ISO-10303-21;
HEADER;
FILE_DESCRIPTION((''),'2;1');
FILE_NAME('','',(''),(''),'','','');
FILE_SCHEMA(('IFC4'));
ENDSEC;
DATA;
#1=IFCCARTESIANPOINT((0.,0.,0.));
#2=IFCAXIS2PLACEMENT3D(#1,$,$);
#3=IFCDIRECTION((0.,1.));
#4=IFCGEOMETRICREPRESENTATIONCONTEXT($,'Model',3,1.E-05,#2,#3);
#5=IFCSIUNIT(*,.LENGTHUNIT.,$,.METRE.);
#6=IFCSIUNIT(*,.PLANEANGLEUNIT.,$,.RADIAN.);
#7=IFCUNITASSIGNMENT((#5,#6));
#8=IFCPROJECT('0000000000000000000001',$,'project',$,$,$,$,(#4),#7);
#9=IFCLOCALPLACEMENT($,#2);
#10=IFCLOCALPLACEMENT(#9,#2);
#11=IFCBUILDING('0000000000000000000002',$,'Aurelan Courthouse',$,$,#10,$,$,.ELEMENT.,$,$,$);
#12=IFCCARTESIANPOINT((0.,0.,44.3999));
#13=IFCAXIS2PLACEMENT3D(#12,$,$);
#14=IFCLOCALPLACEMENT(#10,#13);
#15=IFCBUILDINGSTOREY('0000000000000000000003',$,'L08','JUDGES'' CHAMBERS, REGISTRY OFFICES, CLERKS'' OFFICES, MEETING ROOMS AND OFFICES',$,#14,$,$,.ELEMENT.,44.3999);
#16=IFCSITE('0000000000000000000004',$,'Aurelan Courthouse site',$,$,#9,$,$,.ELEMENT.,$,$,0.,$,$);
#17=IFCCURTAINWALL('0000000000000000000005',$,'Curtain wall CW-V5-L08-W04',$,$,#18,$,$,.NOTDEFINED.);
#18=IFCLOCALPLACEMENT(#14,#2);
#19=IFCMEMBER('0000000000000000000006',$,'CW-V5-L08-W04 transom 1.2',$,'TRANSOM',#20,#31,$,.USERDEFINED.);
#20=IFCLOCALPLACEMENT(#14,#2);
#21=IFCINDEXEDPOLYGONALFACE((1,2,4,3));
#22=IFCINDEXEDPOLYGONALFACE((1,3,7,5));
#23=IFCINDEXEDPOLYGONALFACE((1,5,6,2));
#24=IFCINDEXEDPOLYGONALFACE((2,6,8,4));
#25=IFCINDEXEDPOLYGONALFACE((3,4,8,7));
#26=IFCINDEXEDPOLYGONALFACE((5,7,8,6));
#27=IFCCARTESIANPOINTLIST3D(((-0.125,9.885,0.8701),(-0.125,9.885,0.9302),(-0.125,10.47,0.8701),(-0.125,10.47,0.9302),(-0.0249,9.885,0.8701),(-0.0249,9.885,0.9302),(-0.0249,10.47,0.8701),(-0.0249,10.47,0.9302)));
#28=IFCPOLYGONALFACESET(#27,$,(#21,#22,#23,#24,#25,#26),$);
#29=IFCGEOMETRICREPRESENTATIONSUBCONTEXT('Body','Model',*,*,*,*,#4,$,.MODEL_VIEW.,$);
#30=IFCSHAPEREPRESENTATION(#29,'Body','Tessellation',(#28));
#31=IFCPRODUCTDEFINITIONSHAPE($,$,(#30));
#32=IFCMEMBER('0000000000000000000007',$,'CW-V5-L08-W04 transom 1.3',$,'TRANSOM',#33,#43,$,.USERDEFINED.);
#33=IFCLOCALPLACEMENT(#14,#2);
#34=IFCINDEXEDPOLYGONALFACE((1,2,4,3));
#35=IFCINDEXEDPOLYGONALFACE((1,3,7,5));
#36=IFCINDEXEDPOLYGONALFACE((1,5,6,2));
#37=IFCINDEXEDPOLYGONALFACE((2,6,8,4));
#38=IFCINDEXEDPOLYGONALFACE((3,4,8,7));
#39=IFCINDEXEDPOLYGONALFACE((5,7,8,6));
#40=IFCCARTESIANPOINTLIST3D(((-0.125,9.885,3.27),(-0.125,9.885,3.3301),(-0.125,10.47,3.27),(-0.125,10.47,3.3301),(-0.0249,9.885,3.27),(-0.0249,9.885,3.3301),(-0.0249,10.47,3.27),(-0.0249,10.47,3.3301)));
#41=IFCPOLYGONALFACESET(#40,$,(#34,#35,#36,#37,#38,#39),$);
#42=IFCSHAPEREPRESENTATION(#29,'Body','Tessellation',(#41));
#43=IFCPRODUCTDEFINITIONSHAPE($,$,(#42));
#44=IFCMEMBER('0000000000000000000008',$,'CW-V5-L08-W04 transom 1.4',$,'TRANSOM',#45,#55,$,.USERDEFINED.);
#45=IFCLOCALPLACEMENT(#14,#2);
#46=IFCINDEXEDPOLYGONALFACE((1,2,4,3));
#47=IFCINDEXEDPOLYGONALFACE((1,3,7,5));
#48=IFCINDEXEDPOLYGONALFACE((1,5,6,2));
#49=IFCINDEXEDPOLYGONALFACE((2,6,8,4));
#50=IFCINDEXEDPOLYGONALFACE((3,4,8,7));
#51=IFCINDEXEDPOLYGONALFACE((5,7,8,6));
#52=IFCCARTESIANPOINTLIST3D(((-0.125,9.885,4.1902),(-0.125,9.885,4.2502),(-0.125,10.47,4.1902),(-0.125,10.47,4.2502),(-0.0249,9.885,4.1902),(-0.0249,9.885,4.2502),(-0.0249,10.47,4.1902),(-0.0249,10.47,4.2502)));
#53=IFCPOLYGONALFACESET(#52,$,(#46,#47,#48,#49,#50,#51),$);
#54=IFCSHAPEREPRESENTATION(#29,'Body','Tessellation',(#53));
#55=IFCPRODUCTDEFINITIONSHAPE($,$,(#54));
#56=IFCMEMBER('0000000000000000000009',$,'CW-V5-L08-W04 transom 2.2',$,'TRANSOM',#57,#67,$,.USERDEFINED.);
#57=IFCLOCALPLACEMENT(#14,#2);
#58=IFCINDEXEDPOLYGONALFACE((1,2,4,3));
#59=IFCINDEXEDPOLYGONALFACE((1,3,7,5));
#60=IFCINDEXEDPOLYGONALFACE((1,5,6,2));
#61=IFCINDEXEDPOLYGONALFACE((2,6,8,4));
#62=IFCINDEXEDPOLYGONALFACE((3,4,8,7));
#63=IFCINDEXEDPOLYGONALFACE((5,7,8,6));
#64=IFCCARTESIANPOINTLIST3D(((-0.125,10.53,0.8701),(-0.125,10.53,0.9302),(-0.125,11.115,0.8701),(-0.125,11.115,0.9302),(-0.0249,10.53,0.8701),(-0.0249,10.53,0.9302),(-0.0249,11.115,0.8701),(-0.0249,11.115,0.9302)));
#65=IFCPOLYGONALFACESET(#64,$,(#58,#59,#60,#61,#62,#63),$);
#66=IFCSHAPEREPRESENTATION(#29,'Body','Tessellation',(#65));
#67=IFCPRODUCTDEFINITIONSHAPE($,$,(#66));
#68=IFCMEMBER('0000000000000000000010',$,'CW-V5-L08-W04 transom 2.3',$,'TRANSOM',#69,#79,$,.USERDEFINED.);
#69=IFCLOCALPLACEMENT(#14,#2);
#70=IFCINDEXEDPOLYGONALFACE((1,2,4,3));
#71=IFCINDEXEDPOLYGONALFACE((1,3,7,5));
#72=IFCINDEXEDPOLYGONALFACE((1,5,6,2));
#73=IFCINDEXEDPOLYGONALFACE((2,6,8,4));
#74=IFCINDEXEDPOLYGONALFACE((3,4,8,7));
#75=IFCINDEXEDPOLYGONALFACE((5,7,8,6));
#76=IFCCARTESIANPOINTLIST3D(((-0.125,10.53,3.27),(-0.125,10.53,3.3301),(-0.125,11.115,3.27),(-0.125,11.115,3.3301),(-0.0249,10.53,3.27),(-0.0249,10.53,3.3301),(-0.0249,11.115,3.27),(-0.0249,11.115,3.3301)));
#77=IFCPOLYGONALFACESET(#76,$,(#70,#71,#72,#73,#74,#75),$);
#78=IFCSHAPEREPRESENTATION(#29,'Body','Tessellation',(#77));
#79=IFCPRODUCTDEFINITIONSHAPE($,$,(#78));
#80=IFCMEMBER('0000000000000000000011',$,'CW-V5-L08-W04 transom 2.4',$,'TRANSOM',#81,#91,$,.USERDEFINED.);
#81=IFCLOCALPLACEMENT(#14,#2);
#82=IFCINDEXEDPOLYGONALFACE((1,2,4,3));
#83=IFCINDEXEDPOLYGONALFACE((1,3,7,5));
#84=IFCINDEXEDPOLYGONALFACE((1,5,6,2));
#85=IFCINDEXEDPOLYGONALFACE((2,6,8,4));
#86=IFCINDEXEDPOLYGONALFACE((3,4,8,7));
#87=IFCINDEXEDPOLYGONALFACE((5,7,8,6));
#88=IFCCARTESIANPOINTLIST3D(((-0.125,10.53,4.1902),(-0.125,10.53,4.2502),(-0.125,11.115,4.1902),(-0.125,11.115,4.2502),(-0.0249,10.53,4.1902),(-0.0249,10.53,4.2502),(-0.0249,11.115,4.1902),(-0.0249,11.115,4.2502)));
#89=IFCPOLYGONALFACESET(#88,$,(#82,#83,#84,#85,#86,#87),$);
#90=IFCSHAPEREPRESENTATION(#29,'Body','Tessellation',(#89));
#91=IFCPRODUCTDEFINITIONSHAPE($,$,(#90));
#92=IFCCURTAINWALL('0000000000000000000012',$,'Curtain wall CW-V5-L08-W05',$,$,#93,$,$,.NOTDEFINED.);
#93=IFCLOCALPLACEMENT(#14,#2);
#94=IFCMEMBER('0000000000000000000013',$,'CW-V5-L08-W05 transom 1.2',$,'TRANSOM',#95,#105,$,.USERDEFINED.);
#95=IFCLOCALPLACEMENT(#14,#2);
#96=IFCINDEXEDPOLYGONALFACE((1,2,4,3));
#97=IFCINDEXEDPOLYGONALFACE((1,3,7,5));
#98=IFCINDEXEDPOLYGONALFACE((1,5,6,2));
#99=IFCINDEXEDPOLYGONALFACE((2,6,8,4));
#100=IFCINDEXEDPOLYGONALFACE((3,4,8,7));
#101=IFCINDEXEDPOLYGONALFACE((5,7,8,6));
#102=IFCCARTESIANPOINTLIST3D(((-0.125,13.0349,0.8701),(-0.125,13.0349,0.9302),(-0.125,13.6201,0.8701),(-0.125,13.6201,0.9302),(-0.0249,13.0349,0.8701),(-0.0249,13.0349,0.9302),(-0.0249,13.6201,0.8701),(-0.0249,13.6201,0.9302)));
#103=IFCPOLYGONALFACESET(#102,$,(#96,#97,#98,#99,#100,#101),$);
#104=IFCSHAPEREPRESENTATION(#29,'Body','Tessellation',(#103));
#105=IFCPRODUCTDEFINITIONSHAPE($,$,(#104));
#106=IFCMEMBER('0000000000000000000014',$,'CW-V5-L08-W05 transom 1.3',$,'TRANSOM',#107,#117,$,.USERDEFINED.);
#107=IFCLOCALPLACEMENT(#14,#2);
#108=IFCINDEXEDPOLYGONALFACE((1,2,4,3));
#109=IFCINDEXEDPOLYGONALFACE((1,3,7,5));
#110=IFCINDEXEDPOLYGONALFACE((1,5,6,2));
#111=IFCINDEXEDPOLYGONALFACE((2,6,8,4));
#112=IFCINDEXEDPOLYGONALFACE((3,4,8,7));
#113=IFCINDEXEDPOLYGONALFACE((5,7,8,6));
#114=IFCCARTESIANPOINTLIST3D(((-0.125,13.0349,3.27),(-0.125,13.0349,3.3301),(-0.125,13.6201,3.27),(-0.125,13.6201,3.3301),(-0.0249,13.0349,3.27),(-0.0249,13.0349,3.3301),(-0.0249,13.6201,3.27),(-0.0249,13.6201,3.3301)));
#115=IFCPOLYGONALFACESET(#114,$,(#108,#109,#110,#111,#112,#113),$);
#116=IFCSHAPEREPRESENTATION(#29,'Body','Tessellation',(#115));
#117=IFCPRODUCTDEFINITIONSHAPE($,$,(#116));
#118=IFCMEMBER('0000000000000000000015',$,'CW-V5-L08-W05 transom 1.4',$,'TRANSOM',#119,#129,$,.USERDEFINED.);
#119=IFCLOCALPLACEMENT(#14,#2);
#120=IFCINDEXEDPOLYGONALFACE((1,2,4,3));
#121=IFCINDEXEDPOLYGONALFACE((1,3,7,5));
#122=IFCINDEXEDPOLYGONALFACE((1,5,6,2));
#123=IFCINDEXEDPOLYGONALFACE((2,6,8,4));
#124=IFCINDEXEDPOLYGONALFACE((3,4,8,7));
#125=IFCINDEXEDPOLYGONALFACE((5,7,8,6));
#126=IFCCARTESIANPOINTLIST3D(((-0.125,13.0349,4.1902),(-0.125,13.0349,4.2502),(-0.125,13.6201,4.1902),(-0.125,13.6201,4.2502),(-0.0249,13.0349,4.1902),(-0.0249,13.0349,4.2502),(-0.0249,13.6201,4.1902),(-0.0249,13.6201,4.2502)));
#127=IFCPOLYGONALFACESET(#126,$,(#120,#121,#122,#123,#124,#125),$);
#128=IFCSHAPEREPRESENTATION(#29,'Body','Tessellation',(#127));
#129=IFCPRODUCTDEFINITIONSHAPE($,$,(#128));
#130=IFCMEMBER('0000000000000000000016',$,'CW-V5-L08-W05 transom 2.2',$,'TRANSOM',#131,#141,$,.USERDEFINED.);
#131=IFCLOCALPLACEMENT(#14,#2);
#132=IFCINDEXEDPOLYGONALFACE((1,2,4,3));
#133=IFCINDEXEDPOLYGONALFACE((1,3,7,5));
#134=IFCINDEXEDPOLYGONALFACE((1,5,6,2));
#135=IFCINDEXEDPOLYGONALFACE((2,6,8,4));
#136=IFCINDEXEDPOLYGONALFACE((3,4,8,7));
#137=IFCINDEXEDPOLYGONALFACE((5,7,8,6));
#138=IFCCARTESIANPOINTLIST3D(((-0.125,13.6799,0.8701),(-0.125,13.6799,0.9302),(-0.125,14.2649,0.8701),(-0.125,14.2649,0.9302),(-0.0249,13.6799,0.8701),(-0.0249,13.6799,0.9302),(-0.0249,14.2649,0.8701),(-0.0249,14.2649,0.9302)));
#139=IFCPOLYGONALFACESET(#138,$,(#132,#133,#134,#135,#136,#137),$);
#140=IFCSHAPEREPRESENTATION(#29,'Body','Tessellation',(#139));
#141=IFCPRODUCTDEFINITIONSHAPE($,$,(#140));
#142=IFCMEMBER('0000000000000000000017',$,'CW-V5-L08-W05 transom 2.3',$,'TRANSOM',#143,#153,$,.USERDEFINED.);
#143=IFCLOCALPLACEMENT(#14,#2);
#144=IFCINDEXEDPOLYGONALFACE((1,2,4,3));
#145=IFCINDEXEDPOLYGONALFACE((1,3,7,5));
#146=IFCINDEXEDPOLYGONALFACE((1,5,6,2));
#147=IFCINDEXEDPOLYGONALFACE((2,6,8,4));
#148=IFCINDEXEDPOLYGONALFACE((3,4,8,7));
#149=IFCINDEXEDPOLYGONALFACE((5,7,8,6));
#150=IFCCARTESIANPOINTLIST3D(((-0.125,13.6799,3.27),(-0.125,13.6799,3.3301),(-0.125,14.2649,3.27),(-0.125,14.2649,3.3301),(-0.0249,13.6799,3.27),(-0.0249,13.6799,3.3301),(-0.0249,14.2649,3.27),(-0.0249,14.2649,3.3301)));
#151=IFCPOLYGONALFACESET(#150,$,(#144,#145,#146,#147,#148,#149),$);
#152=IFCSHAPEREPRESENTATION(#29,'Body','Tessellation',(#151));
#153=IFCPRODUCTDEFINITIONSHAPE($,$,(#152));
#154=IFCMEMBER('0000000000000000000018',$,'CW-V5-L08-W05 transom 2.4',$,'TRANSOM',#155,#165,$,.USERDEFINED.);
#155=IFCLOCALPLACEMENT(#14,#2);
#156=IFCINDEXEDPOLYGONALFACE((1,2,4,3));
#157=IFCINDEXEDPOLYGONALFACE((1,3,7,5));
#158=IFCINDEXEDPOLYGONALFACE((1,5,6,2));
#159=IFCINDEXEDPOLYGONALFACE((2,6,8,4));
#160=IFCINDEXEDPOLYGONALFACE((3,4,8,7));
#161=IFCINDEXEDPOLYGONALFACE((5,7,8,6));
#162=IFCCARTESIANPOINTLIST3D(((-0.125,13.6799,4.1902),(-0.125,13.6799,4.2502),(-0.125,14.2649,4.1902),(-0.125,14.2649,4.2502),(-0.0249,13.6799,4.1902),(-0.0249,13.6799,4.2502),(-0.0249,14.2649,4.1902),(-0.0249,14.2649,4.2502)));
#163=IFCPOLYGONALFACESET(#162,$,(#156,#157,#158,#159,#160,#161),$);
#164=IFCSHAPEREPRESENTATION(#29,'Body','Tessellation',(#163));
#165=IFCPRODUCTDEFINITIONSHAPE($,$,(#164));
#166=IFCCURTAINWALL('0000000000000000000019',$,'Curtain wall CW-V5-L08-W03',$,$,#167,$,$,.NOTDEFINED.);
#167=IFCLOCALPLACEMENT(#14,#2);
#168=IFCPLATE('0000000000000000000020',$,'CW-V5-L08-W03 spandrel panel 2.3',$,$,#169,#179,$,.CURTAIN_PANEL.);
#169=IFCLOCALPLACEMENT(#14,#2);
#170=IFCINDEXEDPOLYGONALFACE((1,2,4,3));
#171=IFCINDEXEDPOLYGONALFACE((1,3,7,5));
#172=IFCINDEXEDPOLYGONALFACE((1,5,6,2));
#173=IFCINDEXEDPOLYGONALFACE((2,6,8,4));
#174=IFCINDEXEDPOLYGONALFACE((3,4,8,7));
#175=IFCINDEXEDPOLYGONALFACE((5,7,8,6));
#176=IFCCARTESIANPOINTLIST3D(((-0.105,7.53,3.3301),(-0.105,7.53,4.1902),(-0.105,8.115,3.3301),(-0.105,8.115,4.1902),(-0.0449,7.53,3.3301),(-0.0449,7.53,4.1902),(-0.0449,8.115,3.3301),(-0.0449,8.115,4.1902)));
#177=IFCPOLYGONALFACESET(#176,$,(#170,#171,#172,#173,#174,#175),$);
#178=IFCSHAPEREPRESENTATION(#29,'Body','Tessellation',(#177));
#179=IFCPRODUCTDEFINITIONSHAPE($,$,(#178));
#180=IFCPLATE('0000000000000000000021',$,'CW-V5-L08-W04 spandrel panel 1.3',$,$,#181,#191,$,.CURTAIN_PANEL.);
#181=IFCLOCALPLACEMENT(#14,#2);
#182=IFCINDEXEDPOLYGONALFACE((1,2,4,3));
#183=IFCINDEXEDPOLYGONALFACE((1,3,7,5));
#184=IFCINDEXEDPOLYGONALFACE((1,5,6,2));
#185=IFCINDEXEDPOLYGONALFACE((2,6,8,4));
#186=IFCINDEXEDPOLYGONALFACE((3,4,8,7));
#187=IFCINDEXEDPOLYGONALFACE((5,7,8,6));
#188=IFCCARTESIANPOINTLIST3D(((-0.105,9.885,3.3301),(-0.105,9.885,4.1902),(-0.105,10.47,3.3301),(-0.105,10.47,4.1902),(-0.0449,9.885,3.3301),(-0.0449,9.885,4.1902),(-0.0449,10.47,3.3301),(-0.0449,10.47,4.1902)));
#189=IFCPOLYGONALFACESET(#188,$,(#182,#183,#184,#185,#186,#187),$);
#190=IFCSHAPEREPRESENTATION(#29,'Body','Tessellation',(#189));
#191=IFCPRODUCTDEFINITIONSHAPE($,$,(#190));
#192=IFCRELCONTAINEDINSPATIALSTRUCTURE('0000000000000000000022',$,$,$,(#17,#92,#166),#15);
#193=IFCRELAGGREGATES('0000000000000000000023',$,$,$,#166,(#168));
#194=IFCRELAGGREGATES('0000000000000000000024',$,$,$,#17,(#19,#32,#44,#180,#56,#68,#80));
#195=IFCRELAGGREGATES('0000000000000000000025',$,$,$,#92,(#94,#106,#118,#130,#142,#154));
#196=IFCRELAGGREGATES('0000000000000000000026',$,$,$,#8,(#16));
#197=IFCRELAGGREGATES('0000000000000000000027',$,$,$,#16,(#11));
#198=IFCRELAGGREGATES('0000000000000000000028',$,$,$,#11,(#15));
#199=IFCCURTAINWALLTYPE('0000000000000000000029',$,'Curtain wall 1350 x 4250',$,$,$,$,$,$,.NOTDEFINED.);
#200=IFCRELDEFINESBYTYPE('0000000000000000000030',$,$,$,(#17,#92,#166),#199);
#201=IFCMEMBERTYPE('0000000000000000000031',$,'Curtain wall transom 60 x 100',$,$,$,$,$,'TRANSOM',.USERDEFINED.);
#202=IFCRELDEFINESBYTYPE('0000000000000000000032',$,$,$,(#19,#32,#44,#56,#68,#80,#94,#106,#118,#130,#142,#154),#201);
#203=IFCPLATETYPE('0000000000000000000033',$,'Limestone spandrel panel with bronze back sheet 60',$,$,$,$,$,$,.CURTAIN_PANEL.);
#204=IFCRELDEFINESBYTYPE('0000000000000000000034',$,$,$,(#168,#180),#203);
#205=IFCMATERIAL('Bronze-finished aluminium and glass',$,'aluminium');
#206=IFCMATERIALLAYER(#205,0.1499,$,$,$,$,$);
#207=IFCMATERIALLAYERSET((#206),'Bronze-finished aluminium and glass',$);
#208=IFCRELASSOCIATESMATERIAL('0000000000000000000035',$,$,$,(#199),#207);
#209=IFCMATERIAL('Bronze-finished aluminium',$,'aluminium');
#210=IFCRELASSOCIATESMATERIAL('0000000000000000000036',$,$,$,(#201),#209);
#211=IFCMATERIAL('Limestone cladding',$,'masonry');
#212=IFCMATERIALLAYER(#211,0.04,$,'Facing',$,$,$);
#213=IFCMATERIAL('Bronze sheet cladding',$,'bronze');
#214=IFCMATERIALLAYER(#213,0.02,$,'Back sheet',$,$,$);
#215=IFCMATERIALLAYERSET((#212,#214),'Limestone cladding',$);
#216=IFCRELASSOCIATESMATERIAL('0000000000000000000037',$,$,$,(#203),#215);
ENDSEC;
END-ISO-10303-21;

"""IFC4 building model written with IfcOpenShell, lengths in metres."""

from ifc_helpers import new_model, si_unit, direction, frame, origin, origin_2d, place, context, subcontext, project, spatial, rectangle, extrude, material, layer, layer_set, material_profile, profile_set, type_object, element, aggregate, save


model = new_model("IFC4")

# Units and contexts
model_context = context("Model", 3, precision=1e-05, world=origin(), true_north=direction((0.0, 1.0)))
body_context = subcontext(model_context, "Body", "Model", "MODEL_VIEW")
ifc_project = project(units=[si_unit("LENGTHUNIT", "METRE"), si_unit("PLANEANGLEUNIT", "RADIAN")], contexts=[model_context])

# Site, building, storey
site_placement = place(None, origin())
site = spatial("IfcSite", under=ifc_project, at=site_placement, Name="Aurelan Courthouse site", CompositionType="ELEMENT", RefElevation=0.0)
building_placement = place(site_placement, origin())
building = spatial("IfcBuilding", under=site, at=building_placement, Name="Aurelan Courthouse", CompositionType="ELEMENT")
storey_placement = place(building_placement, frame((0.0, 0.0, 44.3999)))
storey = spatial("IfcBuildingStorey", under=building, at=storey_placement, Name="L08", Description="JUDGES' CHAMBERS, REGISTRY OFFICES, CLERKS' OFFICES, MEETING ROOMS AND OFFICES", CompositionType="ELEMENT", Elevation=44.3999)

# Curtain walls, members
ifc_material_1 = material(Name="Bronze-finished aluminium and glass", Category="aluminium")
ifc_layer_1 = layer(ifc_material_1, 0.1499)
ifc_layer_set_1 = layer_set([ifc_layer_1], Name="Bronze-finished aluminium and glass")
curtain_wall_type = type_object("IfcCurtainWallType", Name="Curtain wall 1350 x 4250", PredefinedType="NOTDEFINED", material=ifc_layer_set_1)
curtain_wall_1_placement = place(storey_placement, origin())
curtain_wall_1 = element("IfcCurtainWall", 1, at=curtain_wall_1_placement, inside=storey, type_object=curtain_wall_type, Name="Curtain wall CW-V5-L08-W04", PredefinedType="NOTDEFINED")
ifc_material_2 = material(Name="Bronze-finished aluminium", Category="aluminium")
ifc_material_profile = material_profile(ifc_material_2, rectangle(XDim=0.1001, YDim=0.0601, at=origin_2d()), Name="Bronze transom 60 x 100")
ifc_profile_set = profile_set([ifc_material_profile], Name="Bronze-finished aluminium")
member_type = type_object("IfcMemberType", Name="Curtain wall transom 60 x 100", ElementType="TRANSOM", PredefinedType="USERDEFINED", material=ifc_profile_set)
member_1_placement = place(storey_placement, frame((-0.075, 9.885, 0.9001), z_axis=(0.0, 1.0, 0.0), x_axis=(-1.0, 0.0, 0.0)))
member_1 = element("IfcMember", 2, at=member_1_placement, type_object=member_type, Name="CW-V5-L08-W04 transom 1.2", ObjectType="TRANSOM", PredefinedType="USERDEFINED", context=body_context, shape_type="SweptSolid", body=[
    extrude(rectangle(XDim=0.1001, YDim=0.0601, at=origin_2d()), origin(), (0.0, 0.0, 1.0), 0.585),
])
member_2_placement = place(storey_placement, frame((-0.075, 9.885, 3.3), z_axis=(0.0, 1.0, 0.0), x_axis=(-1.0, 0.0, 0.0)))
member_2 = element("IfcMember", 3, at=member_2_placement, type_object=member_type, Name="CW-V5-L08-W04 transom 1.3", ObjectType="TRANSOM", PredefinedType="USERDEFINED", context=body_context, shape_type="SweptSolid", body=[
    extrude(rectangle(XDim=0.1001, YDim=0.0601, at=origin_2d()), origin(), (0.0, 0.0, 1.0), 0.585),
])
member_3_placement = place(storey_placement, frame((-0.075, 9.885, 4.2202), z_axis=(0.0, 1.0, 0.0), x_axis=(-1.0, 0.0, 0.0)))
member_3 = element("IfcMember", 4, at=member_3_placement, type_object=member_type, Name="CW-V5-L08-W04 transom 1.4", ObjectType="TRANSOM", PredefinedType="USERDEFINED", context=body_context, shape_type="SweptSolid", body=[
    extrude(rectangle(XDim=0.1001, YDim=0.0601, at=origin_2d()), origin(), (0.0, 0.0, 1.0), 0.585),
])
member_4_placement = place(storey_placement, frame((-0.075, 10.53, 0.9001), z_axis=(0.0, 1.0, 0.0), x_axis=(-1.0, 0.0, 0.0)))
member_4 = element("IfcMember", 5, at=member_4_placement, type_object=member_type, Name="CW-V5-L08-W04 transom 2.2", ObjectType="TRANSOM", PredefinedType="USERDEFINED", context=body_context, shape_type="SweptSolid", body=[
    extrude(rectangle(XDim=0.1001, YDim=0.0601, at=origin_2d()), origin(), (0.0, 0.0, 1.0), 0.585),
])
member_5_placement = place(storey_placement, frame((-0.075, 10.53, 3.3), z_axis=(0.0, 1.0, 0.0), x_axis=(-1.0, 0.0, 0.0)))
member_5 = element("IfcMember", 6, at=member_5_placement, type_object=member_type, Name="CW-V5-L08-W04 transom 2.3", ObjectType="TRANSOM", PredefinedType="USERDEFINED", context=body_context, shape_type="SweptSolid", body=[
    extrude(rectangle(XDim=0.1001, YDim=0.0601, at=origin_2d()), origin(), (0.0, 0.0, 1.0), 0.585),
])
member_6_placement = place(storey_placement, frame((-0.075, 10.53, 4.2202), z_axis=(0.0, 1.0, 0.0), x_axis=(-1.0, 0.0, 0.0)))
member_6 = element("IfcMember", 7, at=member_6_placement, type_object=member_type, Name="CW-V5-L08-W04 transom 2.4", ObjectType="TRANSOM", PredefinedType="USERDEFINED", context=body_context, shape_type="SweptSolid", body=[
    extrude(rectangle(XDim=0.1001, YDim=0.0601, at=origin_2d()), origin(), (0.0, 0.0, 1.0), 0.585),
])
curtain_wall_2_placement = place(storey_placement, origin())
curtain_wall_2 = element("IfcCurtainWall", 8, at=curtain_wall_2_placement, inside=storey, type_object=curtain_wall_type, Name="Curtain wall CW-V5-L08-W05", PredefinedType="NOTDEFINED")
member_7_placement = place(storey_placement, frame((-0.075, 13.0349, 0.9001), z_axis=(0.0, 1.0, 0.0), x_axis=(-1.0, 0.0, 0.0)))
member_7 = element("IfcMember", 9, at=member_7_placement, type_object=member_type, Name="CW-V5-L08-W05 transom 1.2", ObjectType="TRANSOM", PredefinedType="USERDEFINED", context=body_context, shape_type="SweptSolid", body=[
    extrude(rectangle(XDim=0.1001, YDim=0.0601, at=origin_2d()), origin(), (0.0, 0.0, 1.0), 0.5852),
])
member_8_placement = place(storey_placement, frame((-0.075, 13.0349, 3.3), z_axis=(0.0, 1.0, 0.0), x_axis=(-1.0, 0.0, 0.0)))
member_8 = element("IfcMember", 10, at=member_8_placement, type_object=member_type, Name="CW-V5-L08-W05 transom 1.3", ObjectType="TRANSOM", PredefinedType="USERDEFINED", context=body_context, shape_type="SweptSolid", body=[
    extrude(rectangle(XDim=0.1001, YDim=0.0601, at=origin_2d()), origin(), (0.0, 0.0, 1.0), 0.5852),
])
member_9_placement = place(storey_placement, frame((-0.075, 13.0349, 4.2202), z_axis=(0.0, 1.0, 0.0), x_axis=(-1.0, 0.0, 0.0)))
member_9 = element("IfcMember", 11, at=member_9_placement, type_object=member_type, Name="CW-V5-L08-W05 transom 1.4", ObjectType="TRANSOM", PredefinedType="USERDEFINED", context=body_context, shape_type="SweptSolid", body=[
    extrude(rectangle(XDim=0.1001, YDim=0.0601, at=origin_2d()), origin(), (0.0, 0.0, 1.0), 0.5852),
])
member_10_placement = place(storey_placement, frame((-0.075, 13.6799, 0.9001), z_axis=(0.0, 1.0, 0.0), x_axis=(-1.0, 0.0, 0.0)))
member_10 = element("IfcMember", 12, at=member_10_placement, type_object=member_type, Name="CW-V5-L08-W05 transom 2.2", ObjectType="TRANSOM", PredefinedType="USERDEFINED", context=body_context, shape_type="SweptSolid", body=[
    extrude(rectangle(XDim=0.1001, YDim=0.0601, at=origin_2d()), origin(), (0.0, 0.0, 1.0), 0.585),
])
member_11_placement = place(storey_placement, frame((-0.075, 13.6799, 3.3), z_axis=(0.0, 1.0, 0.0), x_axis=(-1.0, 0.0, 0.0)))
member_11 = element("IfcMember", 13, at=member_11_placement, type_object=member_type, Name="CW-V5-L08-W05 transom 2.3", ObjectType="TRANSOM", PredefinedType="USERDEFINED", context=body_context, shape_type="SweptSolid", body=[
    extrude(rectangle(XDim=0.1001, YDim=0.0601, at=origin_2d()), origin(), (0.0, 0.0, 1.0), 0.585),
])
member_12_placement = place(storey_placement, frame((-0.075, 13.6799, 4.2202), z_axis=(0.0, 1.0, 0.0), x_axis=(-1.0, 0.0, 0.0)))
member_12 = element("IfcMember", 14, at=member_12_placement, type_object=member_type, Name="CW-V5-L08-W05 transom 2.4", ObjectType="TRANSOM", PredefinedType="USERDEFINED", context=body_context, shape_type="SweptSolid", body=[
    extrude(rectangle(XDim=0.1001, YDim=0.0601, at=origin_2d()), origin(), (0.0, 0.0, 1.0), 0.585),
])

# Curtain wall, plate
curtain_wall_3_placement = place(storey_placement, origin())
curtain_wall_3 = element("IfcCurtainWall", 15, at=curtain_wall_3_placement, inside=storey, type_object=curtain_wall_type, Name="Curtain wall CW-V5-L08-W03", PredefinedType="NOTDEFINED")
ifc_material_3 = material(Name="Limestone cladding", Category="masonry")
ifc_layer_2 = layer(ifc_material_3, 0.04, Name="Facing")
ifc_material_4 = material(Name="Bronze sheet cladding", Category="bronze")
ifc_layer_3 = layer(ifc_material_4, 0.02, Name="Back sheet")
ifc_layer_set_2 = layer_set([ifc_layer_2, ifc_layer_3], Name="Limestone cladding")
plate_type_1 = type_object("IfcPlateType", Name="Limestone spandrel panel with bronze back sheet 60", PredefinedType="CURTAIN_PANEL", material=ifc_layer_set_2)
plate_1_placement = place(storey_placement, frame((-0.075, 7.8225, 3.3301), z_axis=(0.0, 0.0, 1.0), x_axis=(0.0, 1.0, 0.0)))
plate_1 = element("IfcPlate", 16, at=plate_1_placement, type_object=plate_type_1, Name="CW-V5-L08-W03 spandrel panel 2.3", PredefinedType="CURTAIN_PANEL", context=body_context, shape_type="SweptSolid", body=[
    extrude(rectangle(XDim=0.585, YDim=0.0601, at=origin_2d()), origin(), (0.0, 0.0, 1.0), 0.8601),
])

# Plate
plate_2_placement = place(storey_placement, frame((-0.075, 10.1775, 3.3301), z_axis=(0.0, 0.0, 1.0), x_axis=(0.0, 1.0, 0.0)))
plate_2 = element("IfcPlate", 17, at=plate_2_placement, type_object=plate_type_1, Name="CW-V5-L08-W04 spandrel panel 1.3", PredefinedType="CURTAIN_PANEL", context=body_context, shape_type="SweptSolid", body=[
    extrude(rectangle(XDim=0.585, YDim=0.0601, at=origin_2d()), origin(), (0.0, 0.0, 1.0), 0.8601),
])

aggregate(curtain_wall_3, [plate_1])
aggregate(curtain_wall_1, [member_1, member_2, member_3, plate_2, member_4, member_5, member_6])
aggregate(curtain_wall_2, [member_7, member_8, member_9, member_10, member_11, member_12])

save(model, "model.ifc")
